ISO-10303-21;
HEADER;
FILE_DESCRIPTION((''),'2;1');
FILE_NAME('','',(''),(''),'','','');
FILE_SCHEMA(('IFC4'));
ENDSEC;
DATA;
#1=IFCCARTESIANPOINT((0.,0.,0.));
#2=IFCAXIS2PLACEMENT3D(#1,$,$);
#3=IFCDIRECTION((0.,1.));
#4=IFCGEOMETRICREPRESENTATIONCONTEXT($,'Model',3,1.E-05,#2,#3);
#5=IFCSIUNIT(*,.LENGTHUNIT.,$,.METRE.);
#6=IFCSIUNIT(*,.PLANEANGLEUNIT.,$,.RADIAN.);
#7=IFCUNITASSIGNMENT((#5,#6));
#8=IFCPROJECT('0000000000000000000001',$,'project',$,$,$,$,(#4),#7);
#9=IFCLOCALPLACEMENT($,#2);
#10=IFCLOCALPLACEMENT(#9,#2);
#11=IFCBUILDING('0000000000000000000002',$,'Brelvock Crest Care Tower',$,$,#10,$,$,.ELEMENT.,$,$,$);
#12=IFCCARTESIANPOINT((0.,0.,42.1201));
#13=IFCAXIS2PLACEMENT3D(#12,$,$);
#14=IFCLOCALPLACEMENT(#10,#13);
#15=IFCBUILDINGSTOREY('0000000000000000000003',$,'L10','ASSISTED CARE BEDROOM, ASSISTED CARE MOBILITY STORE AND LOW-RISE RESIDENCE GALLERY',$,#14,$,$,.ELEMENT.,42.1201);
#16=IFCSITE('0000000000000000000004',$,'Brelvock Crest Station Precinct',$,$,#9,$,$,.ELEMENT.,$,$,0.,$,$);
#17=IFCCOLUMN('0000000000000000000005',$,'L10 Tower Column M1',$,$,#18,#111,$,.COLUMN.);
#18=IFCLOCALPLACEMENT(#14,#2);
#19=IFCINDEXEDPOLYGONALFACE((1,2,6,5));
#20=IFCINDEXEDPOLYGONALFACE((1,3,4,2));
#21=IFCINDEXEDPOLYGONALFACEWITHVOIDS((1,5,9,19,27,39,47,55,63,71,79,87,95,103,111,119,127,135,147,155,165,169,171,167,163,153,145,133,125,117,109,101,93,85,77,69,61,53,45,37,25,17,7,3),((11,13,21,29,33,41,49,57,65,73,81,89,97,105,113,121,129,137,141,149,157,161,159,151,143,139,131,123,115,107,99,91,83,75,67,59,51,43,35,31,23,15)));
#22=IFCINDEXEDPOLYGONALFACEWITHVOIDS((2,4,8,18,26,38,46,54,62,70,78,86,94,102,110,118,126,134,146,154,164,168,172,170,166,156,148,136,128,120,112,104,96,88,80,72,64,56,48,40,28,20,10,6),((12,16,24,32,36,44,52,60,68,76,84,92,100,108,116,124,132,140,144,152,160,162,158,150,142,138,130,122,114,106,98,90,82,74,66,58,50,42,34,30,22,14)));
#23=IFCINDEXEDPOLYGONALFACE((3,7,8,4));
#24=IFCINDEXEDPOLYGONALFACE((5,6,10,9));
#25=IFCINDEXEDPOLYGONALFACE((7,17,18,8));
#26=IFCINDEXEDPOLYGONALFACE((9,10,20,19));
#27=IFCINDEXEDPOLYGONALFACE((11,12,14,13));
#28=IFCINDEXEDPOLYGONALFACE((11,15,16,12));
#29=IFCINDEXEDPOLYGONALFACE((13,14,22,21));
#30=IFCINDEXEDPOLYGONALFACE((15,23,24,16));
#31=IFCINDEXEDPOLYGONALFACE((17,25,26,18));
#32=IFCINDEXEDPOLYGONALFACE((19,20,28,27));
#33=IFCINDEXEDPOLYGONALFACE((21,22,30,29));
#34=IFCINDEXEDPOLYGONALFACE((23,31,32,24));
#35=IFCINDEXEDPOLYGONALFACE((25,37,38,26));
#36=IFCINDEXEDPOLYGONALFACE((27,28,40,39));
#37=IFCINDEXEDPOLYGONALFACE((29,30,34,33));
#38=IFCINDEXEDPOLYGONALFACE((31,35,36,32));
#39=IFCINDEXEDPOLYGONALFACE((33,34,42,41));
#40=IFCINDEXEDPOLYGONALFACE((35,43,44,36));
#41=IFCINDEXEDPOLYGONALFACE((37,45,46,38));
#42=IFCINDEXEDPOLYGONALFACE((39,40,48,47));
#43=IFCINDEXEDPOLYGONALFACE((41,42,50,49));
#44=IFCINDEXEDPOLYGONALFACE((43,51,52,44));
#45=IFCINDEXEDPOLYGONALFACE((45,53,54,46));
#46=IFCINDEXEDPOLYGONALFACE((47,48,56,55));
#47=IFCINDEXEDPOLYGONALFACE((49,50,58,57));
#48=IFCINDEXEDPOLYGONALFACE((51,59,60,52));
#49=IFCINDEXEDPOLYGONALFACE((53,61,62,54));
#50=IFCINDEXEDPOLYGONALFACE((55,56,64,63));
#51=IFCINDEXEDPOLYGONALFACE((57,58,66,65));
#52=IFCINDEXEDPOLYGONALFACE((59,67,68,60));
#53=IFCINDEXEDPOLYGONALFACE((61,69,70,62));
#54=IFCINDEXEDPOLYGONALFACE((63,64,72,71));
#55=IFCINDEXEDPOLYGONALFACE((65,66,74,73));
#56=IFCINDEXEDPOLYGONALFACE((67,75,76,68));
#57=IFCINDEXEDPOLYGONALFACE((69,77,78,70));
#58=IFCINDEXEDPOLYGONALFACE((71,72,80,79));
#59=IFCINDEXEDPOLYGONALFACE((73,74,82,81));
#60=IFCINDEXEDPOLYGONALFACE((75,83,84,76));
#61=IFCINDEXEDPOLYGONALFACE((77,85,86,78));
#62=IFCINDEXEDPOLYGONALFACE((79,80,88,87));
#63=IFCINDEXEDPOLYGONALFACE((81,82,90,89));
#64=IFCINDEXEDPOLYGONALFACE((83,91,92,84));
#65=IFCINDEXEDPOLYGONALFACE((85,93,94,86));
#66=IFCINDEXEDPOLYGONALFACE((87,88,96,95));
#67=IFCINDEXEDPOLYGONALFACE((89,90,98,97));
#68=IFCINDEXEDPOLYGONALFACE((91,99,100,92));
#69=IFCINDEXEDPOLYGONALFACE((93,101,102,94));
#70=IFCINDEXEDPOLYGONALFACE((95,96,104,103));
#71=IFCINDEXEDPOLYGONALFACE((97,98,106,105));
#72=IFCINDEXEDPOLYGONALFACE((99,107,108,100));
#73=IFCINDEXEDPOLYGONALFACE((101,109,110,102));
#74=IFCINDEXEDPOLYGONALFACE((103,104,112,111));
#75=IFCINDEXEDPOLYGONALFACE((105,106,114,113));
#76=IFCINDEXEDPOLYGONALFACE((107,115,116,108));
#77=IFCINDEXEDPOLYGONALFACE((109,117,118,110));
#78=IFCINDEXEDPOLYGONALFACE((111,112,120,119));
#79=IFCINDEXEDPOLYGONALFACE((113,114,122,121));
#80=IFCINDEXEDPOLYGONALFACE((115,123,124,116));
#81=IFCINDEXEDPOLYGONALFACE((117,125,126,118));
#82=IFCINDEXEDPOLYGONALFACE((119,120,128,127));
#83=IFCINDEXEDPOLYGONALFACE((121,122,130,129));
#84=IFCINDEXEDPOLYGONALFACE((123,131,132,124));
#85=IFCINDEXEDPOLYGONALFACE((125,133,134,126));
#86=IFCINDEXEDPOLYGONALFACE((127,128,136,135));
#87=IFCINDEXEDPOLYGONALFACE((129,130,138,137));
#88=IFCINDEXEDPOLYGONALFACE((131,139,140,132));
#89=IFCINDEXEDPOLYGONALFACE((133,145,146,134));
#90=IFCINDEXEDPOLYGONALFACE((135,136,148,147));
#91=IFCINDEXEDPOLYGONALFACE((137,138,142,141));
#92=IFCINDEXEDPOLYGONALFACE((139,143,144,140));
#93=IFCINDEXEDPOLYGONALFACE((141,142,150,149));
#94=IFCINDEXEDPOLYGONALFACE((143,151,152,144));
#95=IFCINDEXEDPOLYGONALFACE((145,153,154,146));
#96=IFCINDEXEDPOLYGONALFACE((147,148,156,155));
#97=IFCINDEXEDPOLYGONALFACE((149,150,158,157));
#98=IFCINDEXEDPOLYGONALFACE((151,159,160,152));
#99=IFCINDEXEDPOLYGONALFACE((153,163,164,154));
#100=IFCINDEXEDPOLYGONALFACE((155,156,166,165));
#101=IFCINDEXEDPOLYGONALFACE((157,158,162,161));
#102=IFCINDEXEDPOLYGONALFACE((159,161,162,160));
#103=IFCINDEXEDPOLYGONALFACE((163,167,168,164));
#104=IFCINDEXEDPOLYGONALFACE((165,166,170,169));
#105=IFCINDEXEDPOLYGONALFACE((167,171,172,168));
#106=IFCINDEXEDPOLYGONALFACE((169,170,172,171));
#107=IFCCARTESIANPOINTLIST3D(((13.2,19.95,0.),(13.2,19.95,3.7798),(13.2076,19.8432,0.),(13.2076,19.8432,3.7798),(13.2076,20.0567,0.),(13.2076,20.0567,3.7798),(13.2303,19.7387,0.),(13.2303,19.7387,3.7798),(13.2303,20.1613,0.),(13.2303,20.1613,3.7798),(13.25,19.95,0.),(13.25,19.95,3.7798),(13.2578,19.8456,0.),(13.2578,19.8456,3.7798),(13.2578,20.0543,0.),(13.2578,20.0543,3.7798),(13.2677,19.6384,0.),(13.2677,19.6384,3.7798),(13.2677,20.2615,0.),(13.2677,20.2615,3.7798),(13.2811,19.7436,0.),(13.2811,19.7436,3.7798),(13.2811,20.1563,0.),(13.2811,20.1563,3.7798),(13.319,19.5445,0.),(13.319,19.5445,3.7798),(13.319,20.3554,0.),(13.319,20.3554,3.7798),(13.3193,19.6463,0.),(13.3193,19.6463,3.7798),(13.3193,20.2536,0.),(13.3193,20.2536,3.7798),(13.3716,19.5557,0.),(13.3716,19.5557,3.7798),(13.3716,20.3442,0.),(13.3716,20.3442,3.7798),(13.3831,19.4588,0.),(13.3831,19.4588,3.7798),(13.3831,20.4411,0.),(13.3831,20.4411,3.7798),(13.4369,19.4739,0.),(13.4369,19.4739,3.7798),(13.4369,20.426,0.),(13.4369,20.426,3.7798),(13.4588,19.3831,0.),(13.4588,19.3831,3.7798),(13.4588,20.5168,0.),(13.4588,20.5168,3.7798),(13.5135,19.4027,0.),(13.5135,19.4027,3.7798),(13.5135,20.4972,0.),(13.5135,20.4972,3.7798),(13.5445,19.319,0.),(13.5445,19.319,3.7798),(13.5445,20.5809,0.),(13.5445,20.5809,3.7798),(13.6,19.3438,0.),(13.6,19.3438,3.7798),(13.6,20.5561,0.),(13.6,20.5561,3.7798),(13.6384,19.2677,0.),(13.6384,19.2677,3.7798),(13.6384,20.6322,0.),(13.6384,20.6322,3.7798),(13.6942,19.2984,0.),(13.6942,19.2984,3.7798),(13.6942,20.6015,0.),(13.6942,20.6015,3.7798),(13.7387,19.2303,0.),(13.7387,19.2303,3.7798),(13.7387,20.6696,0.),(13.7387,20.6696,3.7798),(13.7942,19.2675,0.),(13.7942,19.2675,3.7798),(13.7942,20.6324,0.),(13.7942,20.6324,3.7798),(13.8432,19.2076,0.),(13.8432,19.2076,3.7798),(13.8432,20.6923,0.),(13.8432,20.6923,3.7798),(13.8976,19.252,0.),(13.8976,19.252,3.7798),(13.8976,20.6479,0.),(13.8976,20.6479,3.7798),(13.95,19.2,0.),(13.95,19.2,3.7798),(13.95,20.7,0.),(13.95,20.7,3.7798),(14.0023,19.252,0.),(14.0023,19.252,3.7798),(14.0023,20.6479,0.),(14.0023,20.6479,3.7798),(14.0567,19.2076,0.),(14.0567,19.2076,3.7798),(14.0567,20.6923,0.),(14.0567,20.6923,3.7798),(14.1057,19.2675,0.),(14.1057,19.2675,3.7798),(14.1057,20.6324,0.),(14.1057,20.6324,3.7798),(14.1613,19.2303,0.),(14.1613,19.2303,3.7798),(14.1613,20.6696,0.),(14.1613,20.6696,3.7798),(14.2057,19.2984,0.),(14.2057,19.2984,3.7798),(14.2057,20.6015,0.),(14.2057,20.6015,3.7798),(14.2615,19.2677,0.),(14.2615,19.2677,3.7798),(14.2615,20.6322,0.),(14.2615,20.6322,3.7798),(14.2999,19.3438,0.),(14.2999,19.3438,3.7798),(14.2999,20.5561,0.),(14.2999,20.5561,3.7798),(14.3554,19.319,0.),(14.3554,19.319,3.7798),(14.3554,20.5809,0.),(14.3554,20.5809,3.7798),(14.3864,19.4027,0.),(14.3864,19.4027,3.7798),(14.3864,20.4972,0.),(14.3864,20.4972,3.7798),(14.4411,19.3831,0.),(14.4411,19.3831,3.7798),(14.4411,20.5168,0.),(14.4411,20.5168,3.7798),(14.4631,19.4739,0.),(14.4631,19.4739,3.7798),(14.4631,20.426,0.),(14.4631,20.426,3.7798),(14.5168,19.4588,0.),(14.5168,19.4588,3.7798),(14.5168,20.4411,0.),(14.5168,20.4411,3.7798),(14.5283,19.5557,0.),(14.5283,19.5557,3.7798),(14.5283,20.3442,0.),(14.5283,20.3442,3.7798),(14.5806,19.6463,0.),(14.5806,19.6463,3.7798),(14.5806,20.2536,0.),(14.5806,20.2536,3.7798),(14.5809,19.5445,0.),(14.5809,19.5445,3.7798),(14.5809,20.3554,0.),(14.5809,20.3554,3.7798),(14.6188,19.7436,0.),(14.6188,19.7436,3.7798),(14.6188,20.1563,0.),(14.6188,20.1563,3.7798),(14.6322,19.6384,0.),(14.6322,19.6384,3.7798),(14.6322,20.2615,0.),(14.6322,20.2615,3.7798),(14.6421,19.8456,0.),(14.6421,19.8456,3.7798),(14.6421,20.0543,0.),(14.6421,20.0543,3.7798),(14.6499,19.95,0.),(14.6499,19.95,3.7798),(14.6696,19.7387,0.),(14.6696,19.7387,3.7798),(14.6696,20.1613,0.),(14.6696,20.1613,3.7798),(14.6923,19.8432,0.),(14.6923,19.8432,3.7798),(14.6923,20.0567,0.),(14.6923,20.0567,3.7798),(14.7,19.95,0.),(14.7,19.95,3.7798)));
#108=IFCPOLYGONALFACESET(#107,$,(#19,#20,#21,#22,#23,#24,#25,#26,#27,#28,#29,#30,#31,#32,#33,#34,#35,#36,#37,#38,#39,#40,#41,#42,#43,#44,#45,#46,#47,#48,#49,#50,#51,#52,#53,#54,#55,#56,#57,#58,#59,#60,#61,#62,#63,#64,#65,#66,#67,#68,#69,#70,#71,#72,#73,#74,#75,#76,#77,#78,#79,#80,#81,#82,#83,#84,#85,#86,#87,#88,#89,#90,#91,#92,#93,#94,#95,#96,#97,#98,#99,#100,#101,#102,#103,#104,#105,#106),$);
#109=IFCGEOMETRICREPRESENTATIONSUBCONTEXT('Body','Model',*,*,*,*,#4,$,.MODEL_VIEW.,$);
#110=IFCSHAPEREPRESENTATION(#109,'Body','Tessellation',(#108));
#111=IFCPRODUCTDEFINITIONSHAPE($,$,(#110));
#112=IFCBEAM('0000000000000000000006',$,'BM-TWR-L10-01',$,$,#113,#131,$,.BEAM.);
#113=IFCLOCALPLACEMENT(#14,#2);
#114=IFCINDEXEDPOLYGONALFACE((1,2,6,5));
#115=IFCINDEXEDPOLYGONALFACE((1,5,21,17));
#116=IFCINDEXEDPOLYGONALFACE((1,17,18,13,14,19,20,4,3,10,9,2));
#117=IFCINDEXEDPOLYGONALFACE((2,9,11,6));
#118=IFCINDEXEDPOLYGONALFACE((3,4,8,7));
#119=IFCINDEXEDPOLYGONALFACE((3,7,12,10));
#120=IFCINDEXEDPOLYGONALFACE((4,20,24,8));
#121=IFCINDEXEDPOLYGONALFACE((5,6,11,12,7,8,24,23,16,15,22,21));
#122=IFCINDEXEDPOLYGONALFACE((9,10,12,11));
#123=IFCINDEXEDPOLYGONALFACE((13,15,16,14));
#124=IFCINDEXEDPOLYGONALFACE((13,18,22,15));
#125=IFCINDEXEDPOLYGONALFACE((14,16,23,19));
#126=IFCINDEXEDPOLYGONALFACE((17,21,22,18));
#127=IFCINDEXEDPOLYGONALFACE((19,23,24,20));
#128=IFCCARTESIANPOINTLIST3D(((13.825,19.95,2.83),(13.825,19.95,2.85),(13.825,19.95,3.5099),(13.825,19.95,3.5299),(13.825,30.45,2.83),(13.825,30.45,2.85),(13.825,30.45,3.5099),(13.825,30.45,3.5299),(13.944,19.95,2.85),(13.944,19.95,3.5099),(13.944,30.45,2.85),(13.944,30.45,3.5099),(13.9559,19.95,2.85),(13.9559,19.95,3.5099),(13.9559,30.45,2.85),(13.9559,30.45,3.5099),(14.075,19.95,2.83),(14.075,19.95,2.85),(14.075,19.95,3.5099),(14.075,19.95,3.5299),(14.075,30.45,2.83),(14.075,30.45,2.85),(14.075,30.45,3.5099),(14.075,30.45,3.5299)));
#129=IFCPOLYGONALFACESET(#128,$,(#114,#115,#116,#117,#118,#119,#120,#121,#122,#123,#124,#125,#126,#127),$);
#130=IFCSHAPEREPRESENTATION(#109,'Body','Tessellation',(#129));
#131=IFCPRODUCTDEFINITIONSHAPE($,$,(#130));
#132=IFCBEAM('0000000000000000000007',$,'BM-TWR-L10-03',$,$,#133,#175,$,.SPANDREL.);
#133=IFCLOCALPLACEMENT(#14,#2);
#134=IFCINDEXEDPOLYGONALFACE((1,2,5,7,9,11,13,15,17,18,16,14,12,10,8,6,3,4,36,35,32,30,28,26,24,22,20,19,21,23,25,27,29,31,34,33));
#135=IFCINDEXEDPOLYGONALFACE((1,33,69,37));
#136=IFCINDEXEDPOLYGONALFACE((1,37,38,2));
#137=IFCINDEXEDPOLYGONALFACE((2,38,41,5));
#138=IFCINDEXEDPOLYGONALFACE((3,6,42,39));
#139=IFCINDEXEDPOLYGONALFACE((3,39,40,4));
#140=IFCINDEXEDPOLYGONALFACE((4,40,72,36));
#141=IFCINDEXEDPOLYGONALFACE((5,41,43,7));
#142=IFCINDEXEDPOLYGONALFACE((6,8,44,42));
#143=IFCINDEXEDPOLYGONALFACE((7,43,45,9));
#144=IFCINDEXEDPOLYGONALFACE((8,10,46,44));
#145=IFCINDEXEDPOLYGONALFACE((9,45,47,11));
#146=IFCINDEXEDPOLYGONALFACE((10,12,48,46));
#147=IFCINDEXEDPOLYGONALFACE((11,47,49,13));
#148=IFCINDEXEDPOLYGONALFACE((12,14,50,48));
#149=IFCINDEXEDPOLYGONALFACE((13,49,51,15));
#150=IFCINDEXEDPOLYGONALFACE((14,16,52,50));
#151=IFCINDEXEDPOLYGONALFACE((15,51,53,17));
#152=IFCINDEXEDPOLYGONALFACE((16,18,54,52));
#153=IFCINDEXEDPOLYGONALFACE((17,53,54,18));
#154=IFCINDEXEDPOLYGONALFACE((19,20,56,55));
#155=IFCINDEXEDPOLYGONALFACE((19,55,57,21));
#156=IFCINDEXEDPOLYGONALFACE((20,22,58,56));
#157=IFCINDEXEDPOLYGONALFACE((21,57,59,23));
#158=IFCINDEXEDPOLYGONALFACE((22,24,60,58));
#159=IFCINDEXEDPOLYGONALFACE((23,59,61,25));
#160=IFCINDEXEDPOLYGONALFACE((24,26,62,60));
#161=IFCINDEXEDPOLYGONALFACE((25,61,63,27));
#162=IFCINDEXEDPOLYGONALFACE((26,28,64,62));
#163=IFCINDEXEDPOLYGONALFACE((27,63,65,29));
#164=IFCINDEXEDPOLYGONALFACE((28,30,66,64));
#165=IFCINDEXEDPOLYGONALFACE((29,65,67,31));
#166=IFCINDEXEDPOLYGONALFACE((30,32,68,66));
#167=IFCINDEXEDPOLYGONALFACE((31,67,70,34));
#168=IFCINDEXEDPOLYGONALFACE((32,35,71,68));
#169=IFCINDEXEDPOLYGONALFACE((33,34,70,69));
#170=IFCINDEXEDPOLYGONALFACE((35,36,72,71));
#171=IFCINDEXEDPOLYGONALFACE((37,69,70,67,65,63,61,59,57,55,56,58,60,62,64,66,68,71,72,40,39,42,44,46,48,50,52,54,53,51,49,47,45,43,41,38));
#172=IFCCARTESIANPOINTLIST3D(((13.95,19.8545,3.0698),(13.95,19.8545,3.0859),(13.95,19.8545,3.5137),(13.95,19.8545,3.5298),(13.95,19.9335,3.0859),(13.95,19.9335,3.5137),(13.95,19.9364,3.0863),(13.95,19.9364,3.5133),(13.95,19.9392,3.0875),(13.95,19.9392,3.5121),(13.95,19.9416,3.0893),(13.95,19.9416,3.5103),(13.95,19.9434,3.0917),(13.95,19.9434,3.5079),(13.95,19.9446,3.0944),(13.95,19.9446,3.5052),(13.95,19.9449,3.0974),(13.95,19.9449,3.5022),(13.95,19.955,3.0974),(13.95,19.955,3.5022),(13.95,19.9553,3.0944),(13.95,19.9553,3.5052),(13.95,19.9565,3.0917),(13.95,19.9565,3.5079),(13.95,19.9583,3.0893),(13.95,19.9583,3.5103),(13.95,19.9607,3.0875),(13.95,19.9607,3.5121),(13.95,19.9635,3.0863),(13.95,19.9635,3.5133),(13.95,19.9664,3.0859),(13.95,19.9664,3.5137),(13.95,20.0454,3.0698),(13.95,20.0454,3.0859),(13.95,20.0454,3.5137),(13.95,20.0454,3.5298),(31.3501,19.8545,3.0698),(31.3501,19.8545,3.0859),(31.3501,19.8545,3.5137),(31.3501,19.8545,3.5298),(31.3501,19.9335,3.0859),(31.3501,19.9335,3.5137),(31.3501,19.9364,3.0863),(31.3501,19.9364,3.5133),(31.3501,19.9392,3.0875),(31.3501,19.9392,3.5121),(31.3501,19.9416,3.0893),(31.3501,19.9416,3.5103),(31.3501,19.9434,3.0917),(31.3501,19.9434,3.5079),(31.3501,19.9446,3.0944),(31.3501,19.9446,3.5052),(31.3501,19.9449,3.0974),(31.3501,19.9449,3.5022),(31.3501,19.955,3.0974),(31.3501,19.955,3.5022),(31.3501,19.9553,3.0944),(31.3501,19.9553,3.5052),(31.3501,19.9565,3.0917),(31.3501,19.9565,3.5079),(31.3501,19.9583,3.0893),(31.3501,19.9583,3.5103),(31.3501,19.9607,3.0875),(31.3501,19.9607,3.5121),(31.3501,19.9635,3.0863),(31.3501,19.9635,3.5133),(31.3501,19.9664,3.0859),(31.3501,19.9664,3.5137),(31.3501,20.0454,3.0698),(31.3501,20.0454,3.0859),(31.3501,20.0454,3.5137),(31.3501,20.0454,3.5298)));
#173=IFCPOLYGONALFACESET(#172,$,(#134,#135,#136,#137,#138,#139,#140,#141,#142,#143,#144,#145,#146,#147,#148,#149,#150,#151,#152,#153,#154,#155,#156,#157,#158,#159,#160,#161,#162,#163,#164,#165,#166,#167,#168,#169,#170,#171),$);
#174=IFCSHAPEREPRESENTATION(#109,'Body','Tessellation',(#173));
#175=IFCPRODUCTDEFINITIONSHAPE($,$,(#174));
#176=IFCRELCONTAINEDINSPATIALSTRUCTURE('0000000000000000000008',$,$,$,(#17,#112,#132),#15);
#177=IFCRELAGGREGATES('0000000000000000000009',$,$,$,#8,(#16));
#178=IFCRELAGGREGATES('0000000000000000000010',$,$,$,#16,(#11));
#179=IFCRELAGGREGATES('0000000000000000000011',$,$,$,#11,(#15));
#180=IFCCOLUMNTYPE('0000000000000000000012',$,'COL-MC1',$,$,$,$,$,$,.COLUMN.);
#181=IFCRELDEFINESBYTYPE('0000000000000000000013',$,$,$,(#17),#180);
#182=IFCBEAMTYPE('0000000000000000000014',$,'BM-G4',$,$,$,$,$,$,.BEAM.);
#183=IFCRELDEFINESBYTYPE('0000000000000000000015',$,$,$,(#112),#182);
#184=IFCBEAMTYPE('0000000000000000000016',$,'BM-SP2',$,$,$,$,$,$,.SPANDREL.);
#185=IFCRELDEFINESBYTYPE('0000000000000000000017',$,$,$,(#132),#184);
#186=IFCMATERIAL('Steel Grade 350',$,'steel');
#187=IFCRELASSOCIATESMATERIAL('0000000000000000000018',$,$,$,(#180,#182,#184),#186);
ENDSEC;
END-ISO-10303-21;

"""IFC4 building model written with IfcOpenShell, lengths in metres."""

from ifc_helpers import new_model, si_unit, direction, frame, origin, origin_2d, place, context, subcontext, project, spatial, hollow_circle, i_section, extrude, source, transform, mapped, material, material_profile, profile_set, type_object, element, save


model = new_model("IFC4")

# Units and contexts
model_context = context("Model", 3, precision=1e-05, world=origin(), true_north=direction((0.0, 1.0)))
body_context = subcontext(model_context, "Body", "Model", "MODEL_VIEW")
ifc_project = project(units=[si_unit("LENGTHUNIT", "METRE"), si_unit("PLANEANGLEUNIT", "RADIAN")], contexts=[model_context])

# Site, building, storey
site_placement = place(None, origin())
site = spatial("IfcSite", under=ifc_project, at=site_placement, Name="Brelvock Crest Station Precinct", CompositionType="ELEMENT", RefElevation=0.0)
building_placement = place(site_placement, origin())
building = spatial("IfcBuilding", under=site, at=building_placement, Name="Brelvock Crest Care Tower", CompositionType="ELEMENT")
storey_placement = place(building_placement, frame((0.0, 0.0, 42.1201)))
storey = spatial("IfcBuildingStorey", under=building, at=storey_placement, Name="L10", Description="ASSISTED CARE BEDROOM, ASSISTED CARE MOBILITY STORE AND LOW-RISE RESIDENCE GALLERY", CompositionType="ELEMENT", Elevation=42.1201)

# Column
ifc_material_1 = material(Name="Steel Grade 350", Category="steel")
ifc_material_profile_1 = material_profile(ifc_material_1, hollow_circle(Radius=0.75, WallThickness=0.05, at=origin_2d()), Name="CFT1500x50")
ifc_profile_set_1 = profile_set([ifc_material_profile_1], Name="Steel Grade 350")
column_type = type_object("IfcColumnType", Name="COL-MC1", PredefinedType="COLUMN", material=ifc_profile_set_1)
shared_shape_1 = source(origin(), body_context, "Body", "SweptSolid", [
    extrude(hollow_circle(Radius=0.75, WallThickness=0.05, at=origin_2d()), origin(), (0.0, 0.0, 1.0), 3.7798),
])
column_placement = place(storey_placement, frame((13.95, 19.95, 0.0), z_axis=(0.0, 0.0, 1.0), x_axis=(1.0, 0.0, 0.0)))
element("IfcColumn", 1, at=column_placement, inside=storey, type_object=column_type, Name="L10 Tower Column M1", PredefinedType="COLUMN", context=body_context, shape_type="MappedRepresentation", body=[
    mapped(shared_shape_1, transform((0.0, 0.0, 0.0), x_axis=(1.0, 0.0, 0.0), y_axis=(0.0, 1.0, 0.0), z_axis=(0.0, 0.0, 1.0), scale=1.0)),
])

# Beams
ifc_material_profile_2 = material_profile(ifc_material_1, i_section(OverallWidth=0.25, OverallDepth=0.7, WebThickness=0.012, FlangeThickness=0.02, at=origin_2d()), Name="700WB150")
ifc_profile_set_2 = profile_set([ifc_material_profile_2], Name="Steel Grade 350")
beam_type_1 = type_object("IfcBeamType", Name="BM-G4", PredefinedType="BEAM", material=ifc_profile_set_2)
shared_shape_2 = source(origin(), body_context, "Body", "SweptSolid", [
    extrude(i_section(OverallWidth=0.25, OverallDepth=0.7, WebThickness=0.012, FlangeThickness=0.02, at=origin_2d()), origin(), (0.0, 0.0, 1.0), 10.5),
])
beam_1_placement = place(storey_placement, frame((13.95, 19.95, 3.1799), z_axis=(0.0, 1.0, 0.0), x_axis=(-1.0, 0.0, 0.0)))
element("IfcBeam", 2, at=beam_1_placement, inside=storey, type_object=beam_type_1, Name="BM-TWR-L10-01", PredefinedType="BEAM", context=body_context, shape_type="MappedRepresentation", body=[
    mapped(shared_shape_2, transform((0.0, 0.0, 0.0), x_axis=(1.0, 0.0, 0.0), y_axis=(0.0, 1.0, 0.0), z_axis=(0.0, 0.0, 1.0), scale=1.0)),
])
ifc_material_profile_3 = material_profile(ifc_material_1, i_section(OverallWidth=0.1909, OverallDepth=0.46, WebThickness=0.01, FlangeThickness=0.0161, FilletRadius=0.0115, at=origin_2d()), Name="460UB82.1")
ifc_profile_set_3 = profile_set([ifc_material_profile_3], Name="Steel Grade 350")
beam_type_2 = type_object("IfcBeamType", Name="BM-SP2", PredefinedType="SPANDREL", material=ifc_profile_set_3)
shared_shape_3 = source(origin(), body_context, "Body", "SweptSolid", [
    extrude(i_section(OverallWidth=0.1909, OverallDepth=0.46, WebThickness=0.01, FlangeThickness=0.0161, FilletRadius=0.0115, at=origin_2d()), origin(), (0.0, 0.0, 1.0), 17.4001),
])
beam_2_placement = place(storey_placement, frame((13.95, 19.95, 3.2998), z_axis=(1.0, 0.0, 0.0), x_axis=(0.0, 1.0, 0.0)))
element("IfcBeam", 3, at=beam_2_placement, inside=storey, type_object=beam_type_2, Name="BM-TWR-L10-03", PredefinedType="SPANDREL", context=body_context, shape_type="MappedRepresentation", body=[
    mapped(shared_shape_3, transform((0.0, 0.0, 0.0), x_axis=(1.0, 0.0, 0.0), y_axis=(0.0, 1.0, 0.0), z_axis=(0.0, 0.0, 1.0), scale=1.0)),
])

save(model, "model.ifc")
